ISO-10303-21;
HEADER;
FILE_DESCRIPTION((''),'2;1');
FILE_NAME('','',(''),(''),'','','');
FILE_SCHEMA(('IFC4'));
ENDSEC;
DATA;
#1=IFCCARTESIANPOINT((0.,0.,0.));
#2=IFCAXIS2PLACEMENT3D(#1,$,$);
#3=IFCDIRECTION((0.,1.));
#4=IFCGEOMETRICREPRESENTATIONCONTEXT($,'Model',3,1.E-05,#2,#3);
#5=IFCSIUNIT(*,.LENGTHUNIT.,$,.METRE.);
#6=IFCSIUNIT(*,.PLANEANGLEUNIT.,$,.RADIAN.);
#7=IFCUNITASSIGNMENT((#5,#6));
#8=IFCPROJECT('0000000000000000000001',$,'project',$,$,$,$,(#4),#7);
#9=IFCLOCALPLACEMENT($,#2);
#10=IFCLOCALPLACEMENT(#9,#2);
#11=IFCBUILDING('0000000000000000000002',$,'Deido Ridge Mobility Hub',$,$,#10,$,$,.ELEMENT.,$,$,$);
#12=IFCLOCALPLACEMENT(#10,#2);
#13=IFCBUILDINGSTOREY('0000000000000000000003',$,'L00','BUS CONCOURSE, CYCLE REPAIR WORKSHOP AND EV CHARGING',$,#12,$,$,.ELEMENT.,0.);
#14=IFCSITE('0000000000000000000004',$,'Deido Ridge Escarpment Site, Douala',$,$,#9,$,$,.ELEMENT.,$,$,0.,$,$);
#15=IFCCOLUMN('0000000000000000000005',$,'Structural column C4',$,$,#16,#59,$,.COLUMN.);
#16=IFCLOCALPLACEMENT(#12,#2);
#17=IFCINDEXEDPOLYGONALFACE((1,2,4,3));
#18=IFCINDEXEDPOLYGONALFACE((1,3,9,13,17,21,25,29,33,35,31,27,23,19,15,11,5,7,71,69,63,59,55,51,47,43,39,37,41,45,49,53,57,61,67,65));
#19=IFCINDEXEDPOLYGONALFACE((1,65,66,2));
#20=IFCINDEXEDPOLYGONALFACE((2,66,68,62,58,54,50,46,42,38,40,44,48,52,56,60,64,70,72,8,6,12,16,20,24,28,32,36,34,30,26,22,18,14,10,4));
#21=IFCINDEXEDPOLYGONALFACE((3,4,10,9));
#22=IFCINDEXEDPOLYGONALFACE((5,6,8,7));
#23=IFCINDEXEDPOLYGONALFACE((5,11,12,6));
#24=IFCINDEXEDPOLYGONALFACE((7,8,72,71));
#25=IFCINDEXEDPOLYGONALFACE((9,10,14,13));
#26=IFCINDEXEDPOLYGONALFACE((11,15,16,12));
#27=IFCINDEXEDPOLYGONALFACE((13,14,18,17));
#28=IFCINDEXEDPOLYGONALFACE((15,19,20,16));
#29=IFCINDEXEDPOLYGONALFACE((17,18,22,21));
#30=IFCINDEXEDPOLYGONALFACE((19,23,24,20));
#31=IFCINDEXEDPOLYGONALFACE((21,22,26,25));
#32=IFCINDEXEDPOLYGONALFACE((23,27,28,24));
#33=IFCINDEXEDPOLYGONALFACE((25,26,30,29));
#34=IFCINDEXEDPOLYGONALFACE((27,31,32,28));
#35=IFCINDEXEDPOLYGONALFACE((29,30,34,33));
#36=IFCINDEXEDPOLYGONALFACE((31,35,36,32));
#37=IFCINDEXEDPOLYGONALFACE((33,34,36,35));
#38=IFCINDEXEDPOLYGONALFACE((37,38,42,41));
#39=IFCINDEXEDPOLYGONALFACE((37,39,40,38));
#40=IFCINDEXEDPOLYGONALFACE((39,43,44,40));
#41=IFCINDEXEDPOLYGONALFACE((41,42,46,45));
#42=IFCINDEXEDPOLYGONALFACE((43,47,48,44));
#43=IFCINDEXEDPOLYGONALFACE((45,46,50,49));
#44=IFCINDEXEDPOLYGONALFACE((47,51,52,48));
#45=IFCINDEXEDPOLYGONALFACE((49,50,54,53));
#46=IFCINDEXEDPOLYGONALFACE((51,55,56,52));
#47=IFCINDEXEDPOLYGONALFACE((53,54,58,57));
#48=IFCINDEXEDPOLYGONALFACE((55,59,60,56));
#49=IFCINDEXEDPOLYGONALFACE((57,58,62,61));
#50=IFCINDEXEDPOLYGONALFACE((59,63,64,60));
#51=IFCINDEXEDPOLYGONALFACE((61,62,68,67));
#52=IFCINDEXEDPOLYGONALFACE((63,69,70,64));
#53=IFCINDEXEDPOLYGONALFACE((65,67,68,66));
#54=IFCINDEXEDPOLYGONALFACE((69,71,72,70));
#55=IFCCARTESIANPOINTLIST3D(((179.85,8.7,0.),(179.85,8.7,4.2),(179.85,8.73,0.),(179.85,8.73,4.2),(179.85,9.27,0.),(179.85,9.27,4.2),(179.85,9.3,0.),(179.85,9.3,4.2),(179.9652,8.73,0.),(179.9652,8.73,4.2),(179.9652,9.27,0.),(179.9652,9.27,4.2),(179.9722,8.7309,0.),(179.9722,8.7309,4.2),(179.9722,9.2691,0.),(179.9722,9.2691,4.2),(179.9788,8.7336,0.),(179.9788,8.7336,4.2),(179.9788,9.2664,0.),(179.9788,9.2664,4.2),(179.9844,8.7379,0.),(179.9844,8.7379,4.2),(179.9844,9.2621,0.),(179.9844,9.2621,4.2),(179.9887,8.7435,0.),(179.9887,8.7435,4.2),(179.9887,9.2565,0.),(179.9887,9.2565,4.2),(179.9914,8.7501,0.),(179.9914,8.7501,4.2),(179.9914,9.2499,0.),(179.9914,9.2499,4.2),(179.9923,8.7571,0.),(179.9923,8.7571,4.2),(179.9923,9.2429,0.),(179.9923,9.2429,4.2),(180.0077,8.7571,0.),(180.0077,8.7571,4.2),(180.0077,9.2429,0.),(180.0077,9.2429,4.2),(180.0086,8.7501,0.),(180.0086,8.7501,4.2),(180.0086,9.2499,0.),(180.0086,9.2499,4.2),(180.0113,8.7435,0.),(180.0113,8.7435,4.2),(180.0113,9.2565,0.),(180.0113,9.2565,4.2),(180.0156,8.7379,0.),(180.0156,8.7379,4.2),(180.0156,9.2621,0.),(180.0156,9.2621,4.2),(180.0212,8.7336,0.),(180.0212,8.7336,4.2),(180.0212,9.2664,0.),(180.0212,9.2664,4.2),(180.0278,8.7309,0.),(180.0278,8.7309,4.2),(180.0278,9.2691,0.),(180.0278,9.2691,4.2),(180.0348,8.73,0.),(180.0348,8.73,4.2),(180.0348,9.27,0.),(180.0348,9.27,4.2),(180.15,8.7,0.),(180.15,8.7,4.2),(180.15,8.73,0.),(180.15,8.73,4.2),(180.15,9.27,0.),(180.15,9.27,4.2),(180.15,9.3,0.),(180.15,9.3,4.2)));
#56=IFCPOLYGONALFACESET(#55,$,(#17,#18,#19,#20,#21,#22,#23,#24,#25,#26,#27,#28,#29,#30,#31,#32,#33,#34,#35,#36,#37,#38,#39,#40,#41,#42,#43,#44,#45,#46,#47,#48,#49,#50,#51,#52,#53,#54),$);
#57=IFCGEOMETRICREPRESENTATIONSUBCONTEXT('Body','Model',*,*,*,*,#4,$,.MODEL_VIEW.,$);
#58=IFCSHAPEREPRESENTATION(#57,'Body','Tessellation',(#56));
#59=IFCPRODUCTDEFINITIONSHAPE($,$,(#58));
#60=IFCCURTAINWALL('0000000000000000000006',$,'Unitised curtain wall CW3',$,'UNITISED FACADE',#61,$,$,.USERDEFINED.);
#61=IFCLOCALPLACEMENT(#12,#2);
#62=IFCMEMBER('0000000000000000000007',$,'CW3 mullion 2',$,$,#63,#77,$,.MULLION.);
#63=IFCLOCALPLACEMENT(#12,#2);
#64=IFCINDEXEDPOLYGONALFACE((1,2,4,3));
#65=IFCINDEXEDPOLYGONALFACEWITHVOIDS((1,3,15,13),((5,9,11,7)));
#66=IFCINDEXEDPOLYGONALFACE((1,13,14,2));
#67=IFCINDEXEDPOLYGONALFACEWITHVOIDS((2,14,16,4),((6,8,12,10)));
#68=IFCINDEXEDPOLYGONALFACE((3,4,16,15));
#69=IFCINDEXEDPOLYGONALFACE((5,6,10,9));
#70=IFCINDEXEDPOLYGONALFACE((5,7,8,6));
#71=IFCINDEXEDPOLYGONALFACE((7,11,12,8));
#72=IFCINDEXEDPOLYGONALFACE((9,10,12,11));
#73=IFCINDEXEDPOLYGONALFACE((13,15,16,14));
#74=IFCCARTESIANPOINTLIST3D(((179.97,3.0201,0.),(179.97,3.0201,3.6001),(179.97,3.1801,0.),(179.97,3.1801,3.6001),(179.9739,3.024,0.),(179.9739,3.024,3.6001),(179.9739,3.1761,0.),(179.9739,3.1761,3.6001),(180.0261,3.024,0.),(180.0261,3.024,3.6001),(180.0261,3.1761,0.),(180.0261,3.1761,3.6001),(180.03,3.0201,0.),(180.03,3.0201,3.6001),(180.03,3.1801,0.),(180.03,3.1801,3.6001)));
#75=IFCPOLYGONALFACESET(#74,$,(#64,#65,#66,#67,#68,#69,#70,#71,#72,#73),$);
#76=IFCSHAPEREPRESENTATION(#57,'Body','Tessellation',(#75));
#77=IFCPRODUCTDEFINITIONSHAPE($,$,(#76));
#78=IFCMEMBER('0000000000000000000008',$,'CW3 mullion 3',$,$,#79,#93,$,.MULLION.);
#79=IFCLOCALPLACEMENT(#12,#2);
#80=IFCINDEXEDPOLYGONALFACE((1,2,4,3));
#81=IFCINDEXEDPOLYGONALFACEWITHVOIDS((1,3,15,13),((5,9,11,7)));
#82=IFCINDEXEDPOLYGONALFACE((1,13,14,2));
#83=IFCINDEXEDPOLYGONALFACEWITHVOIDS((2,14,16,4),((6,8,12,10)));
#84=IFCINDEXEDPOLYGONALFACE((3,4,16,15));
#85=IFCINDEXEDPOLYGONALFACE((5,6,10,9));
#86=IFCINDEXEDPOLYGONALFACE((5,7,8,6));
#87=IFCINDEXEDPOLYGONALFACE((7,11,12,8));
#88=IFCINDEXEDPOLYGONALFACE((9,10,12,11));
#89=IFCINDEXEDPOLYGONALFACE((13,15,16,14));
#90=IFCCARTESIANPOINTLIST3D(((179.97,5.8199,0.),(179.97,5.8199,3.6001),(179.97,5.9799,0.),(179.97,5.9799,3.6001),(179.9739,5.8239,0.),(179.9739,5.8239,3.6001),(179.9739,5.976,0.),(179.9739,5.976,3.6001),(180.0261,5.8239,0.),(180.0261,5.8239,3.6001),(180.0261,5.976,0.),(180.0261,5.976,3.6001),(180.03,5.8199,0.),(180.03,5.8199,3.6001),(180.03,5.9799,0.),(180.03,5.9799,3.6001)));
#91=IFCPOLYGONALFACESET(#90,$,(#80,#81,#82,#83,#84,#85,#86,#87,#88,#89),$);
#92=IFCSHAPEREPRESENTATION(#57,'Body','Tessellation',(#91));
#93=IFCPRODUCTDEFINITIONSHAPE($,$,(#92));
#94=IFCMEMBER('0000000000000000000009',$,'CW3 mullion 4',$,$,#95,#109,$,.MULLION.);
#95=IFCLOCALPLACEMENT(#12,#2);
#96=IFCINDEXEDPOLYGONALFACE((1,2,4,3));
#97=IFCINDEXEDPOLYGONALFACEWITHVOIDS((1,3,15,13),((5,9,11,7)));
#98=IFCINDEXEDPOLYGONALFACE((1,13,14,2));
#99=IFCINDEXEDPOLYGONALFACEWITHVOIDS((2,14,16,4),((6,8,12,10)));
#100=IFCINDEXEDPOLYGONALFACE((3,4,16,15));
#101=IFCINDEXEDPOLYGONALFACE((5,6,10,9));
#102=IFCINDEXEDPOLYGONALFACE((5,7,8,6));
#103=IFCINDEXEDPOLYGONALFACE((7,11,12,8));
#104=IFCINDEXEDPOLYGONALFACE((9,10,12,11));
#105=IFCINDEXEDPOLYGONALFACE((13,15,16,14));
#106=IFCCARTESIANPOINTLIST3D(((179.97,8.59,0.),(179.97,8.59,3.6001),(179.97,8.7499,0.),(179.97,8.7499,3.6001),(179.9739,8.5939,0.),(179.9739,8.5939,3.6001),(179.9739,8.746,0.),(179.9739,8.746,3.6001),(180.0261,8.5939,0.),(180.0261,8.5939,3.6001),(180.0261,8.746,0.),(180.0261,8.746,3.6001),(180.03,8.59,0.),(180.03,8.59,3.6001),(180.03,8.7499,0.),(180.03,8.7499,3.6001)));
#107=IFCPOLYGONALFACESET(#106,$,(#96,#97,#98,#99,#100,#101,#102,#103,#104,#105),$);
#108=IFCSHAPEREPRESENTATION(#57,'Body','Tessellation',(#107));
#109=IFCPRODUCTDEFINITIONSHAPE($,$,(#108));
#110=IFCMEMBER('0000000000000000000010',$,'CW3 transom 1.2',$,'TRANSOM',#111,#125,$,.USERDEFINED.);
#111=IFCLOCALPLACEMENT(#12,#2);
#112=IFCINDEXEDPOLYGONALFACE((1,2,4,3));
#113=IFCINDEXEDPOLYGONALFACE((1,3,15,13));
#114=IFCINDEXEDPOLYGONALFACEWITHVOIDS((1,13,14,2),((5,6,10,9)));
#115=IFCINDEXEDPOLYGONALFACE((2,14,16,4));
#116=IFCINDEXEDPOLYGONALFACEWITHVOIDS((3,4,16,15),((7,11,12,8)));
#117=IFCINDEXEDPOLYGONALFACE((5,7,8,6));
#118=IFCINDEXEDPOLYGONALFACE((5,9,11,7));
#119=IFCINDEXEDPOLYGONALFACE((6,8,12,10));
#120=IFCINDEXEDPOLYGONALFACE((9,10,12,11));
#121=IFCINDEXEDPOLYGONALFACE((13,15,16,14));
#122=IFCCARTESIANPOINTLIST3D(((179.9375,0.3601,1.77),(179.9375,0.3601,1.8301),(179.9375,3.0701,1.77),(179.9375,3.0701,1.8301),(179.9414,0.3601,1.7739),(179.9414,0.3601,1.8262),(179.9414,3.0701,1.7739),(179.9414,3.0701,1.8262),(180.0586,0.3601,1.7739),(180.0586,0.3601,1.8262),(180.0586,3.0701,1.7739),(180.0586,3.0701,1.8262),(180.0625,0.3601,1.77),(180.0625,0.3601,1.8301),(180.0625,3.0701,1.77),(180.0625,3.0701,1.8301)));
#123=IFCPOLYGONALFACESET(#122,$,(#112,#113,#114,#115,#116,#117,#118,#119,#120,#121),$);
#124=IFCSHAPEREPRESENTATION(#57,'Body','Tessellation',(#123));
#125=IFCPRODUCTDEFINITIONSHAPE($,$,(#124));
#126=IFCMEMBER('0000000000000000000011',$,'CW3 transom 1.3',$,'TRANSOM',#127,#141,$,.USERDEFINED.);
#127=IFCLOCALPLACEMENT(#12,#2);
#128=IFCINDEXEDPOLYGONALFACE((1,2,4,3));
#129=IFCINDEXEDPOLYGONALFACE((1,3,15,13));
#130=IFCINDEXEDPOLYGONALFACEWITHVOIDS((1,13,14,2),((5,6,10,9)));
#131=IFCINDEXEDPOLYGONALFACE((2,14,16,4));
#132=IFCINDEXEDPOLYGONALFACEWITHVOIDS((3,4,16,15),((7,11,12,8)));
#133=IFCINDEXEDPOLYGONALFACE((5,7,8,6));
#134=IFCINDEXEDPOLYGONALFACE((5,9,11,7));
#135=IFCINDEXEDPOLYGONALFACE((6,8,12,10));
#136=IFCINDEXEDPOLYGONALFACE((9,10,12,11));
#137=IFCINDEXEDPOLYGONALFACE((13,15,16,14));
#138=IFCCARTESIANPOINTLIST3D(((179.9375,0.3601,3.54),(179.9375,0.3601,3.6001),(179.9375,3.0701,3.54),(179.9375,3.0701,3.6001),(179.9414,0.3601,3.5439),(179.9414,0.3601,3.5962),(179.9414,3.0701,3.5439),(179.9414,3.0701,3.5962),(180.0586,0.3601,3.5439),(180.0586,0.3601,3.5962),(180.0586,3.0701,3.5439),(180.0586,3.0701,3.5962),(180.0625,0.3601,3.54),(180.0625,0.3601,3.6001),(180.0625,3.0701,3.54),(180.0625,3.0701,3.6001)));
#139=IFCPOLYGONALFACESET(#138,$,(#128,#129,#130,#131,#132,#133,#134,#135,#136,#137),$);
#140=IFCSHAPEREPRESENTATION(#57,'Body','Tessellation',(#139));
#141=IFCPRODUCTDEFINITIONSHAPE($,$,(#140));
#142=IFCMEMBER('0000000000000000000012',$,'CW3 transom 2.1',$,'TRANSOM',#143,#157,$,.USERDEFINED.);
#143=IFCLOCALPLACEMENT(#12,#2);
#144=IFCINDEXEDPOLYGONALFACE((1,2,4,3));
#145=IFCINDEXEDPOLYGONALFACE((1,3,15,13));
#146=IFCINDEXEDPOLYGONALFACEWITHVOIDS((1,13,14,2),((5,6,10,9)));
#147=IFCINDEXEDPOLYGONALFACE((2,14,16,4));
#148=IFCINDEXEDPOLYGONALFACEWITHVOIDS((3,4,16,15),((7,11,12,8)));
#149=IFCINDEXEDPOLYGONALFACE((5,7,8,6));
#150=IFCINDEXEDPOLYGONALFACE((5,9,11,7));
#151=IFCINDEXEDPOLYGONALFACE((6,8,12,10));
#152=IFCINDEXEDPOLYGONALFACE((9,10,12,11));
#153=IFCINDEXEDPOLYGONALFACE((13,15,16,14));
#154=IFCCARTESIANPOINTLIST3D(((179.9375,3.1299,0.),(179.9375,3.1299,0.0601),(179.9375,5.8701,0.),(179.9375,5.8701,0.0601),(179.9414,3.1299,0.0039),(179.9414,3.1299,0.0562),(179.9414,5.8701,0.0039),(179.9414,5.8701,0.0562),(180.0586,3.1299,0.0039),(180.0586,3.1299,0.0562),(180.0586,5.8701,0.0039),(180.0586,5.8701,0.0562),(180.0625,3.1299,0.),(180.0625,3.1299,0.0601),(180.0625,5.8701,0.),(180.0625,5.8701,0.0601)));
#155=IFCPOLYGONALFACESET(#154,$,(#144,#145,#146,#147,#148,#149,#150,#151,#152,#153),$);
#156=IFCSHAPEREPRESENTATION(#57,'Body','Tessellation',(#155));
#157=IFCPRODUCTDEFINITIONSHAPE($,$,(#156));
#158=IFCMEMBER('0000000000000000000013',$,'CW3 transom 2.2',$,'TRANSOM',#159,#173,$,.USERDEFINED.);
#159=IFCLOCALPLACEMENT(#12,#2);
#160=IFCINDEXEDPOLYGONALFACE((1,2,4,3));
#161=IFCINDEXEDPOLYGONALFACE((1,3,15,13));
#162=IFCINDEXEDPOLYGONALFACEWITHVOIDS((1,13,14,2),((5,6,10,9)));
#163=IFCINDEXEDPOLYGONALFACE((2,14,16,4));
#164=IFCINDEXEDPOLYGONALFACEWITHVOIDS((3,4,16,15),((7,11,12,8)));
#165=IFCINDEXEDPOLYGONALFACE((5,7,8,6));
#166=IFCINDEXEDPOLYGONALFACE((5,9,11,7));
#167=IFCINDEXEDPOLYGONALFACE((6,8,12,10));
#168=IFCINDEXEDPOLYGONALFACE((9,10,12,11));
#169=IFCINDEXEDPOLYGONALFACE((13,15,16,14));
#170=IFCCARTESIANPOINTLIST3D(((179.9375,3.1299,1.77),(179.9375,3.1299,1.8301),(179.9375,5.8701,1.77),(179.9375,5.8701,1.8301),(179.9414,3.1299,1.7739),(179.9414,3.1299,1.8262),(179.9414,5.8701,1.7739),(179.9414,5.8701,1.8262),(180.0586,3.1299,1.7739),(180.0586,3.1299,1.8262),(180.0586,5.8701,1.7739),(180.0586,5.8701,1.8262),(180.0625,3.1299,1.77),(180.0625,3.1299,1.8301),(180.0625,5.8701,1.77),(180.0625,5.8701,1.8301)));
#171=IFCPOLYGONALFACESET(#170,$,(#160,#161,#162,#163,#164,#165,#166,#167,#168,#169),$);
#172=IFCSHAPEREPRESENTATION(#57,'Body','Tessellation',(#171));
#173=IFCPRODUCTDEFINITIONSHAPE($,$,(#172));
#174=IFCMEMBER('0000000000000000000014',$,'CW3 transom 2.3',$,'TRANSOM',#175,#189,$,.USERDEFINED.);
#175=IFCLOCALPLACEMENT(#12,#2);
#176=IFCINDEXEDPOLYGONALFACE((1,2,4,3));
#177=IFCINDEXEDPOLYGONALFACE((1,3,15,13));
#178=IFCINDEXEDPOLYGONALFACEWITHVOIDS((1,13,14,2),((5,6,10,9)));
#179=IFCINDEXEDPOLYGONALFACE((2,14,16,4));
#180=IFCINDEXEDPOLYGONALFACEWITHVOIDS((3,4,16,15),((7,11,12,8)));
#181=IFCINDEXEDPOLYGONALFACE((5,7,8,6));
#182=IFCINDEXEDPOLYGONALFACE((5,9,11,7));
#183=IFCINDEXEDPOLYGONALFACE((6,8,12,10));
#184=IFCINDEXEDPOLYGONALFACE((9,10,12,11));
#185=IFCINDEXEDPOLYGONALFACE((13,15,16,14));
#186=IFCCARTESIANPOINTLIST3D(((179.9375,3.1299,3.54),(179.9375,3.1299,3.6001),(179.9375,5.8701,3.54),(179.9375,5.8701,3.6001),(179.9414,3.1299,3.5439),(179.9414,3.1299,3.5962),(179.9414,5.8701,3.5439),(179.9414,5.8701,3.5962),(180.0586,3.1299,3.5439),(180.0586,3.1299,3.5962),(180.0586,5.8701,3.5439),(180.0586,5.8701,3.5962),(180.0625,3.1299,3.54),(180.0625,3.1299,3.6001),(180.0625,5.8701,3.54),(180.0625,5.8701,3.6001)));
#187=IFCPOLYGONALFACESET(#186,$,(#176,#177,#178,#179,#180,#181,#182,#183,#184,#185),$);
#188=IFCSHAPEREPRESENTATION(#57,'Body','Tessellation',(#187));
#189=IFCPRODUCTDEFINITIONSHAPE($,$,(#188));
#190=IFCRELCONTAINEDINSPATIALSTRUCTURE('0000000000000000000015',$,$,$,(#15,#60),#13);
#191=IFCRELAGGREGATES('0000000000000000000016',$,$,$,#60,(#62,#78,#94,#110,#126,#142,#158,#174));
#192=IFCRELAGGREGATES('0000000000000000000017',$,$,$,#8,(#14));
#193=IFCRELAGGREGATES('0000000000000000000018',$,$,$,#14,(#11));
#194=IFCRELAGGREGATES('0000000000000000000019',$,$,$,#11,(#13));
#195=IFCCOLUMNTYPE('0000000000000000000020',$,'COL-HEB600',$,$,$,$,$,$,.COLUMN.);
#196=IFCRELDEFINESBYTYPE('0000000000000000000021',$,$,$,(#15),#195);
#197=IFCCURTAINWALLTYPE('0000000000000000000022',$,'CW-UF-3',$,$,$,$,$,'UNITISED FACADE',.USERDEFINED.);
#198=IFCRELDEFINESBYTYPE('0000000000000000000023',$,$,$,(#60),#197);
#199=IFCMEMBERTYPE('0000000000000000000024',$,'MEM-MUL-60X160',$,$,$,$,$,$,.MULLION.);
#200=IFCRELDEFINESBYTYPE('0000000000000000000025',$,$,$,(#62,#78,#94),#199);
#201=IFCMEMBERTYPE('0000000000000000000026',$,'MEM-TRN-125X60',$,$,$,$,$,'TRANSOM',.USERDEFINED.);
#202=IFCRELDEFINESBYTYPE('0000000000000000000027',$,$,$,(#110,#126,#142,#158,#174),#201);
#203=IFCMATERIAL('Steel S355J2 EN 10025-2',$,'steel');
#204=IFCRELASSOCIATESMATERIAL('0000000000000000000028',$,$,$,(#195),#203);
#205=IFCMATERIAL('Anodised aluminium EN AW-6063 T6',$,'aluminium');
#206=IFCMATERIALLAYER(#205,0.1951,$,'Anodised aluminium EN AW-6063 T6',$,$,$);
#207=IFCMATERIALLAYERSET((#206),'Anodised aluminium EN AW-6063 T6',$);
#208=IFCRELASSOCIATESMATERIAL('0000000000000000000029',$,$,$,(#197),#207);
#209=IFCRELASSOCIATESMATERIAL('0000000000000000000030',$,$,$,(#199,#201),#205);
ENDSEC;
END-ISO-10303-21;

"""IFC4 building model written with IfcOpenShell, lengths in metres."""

from ifc_helpers import new_model, si_unit, direction, frame, origin, origin_2d, place, context, subcontext, project, spatial, hollow_rectangle, i_section, extrude, material, layer, layer_set, material_profile, profile_set, type_object, element, aggregate, save


model = new_model("IFC4")

# Units and contexts
model_context = context("Model", 3, precision=1e-05, world=origin(), true_north=direction((0.0, 1.0)))
body_context = subcontext(model_context, "Body", "Model", "MODEL_VIEW")
ifc_project = project(units=[si_unit("LENGTHUNIT", "METRE"), si_unit("PLANEANGLEUNIT", "RADIAN")], contexts=[model_context])

# Site, building, storey
site_placement = place(None, origin())
site = spatial("IfcSite", under=ifc_project, at=site_placement, Name="Deido Ridge Escarpment Site, Douala", CompositionType="ELEMENT", RefElevation=0.0)
building_placement = place(site_placement, origin())
building = spatial("IfcBuilding", under=site, at=building_placement, Name="Deido Ridge Mobility Hub", CompositionType="ELEMENT")
storey_placement = place(building_placement, origin())
storey = spatial("IfcBuildingStorey", under=building, at=storey_placement, Name="L00", Description="BUS CONCOURSE, CYCLE REPAIR WORKSHOP AND EV CHARGING", CompositionType="ELEMENT", Elevation=0.0)

# Column
ifc_material_1 = material(Name="Steel S355J2 EN 10025-2", Category="steel")
ifc_material_profile_1 = material_profile(ifc_material_1, i_section(OverallWidth=0.3, OverallDepth=0.6001, WebThickness=0.0154, FlangeThickness=0.03, FilletRadius=0.0271, at=origin_2d()), Name="HEB 600")
ifc_profile_set_1 = profile_set([ifc_material_profile_1], Name="Steel S355J2 EN 10025-2")
column_type = type_object("IfcColumnType", Name="COL-HEB600", PredefinedType="COLUMN", material=ifc_profile_set_1)
column_placement = place(storey_placement, frame((180.0, 9.0, 0.0), z_axis=(0.0, 0.0, 1.0), x_axis=(1.0, 0.0, 0.0)))
element("IfcColumn", 1, at=column_placement, inside=storey, type_object=column_type, Name="Structural column C4", PredefinedType="COLUMN", context=body_context, shape_type="SweptSolid", body=[
    extrude(i_section(OverallWidth=0.3, OverallDepth=0.6001, WebThickness=0.0154, FlangeThickness=0.03, FilletRadius=0.0271, at=origin_2d()), origin(), (0.0, 0.0, 1.0), 4.2),
])

# Curtain wall, members
ifc_material_2 = material(Name="Anodised aluminium EN AW-6063 T6", Category="aluminium")
ifc_layer_1 = layer(ifc_material_2, 0.1951, Name="Anodised aluminium EN AW-6063 T6")
ifc_layer_set_1 = layer_set([ifc_layer_1], Name="Anodised aluminium EN AW-6063 T6")
curtain_wall_type = type_object("IfcCurtainWallType", Name="CW-UF-3", ElementType="UNITISED FACADE", PredefinedType="USERDEFINED", material=ifc_layer_set_1)
curtain_wall_placement = place(storey_placement, origin())
curtain_wall = element("IfcCurtainWall", 2, at=curtain_wall_placement, inside=storey, type_object=curtain_wall_type, Name="Unitised curtain wall CW3", ObjectType="UNITISED FACADE", PredefinedType="USERDEFINED")
ifc_material_profile_2 = material_profile(ifc_material_2, hollow_rectangle(XDim=0.0601, YDim=0.1599, WallThickness=0.0039, at=origin_2d()), Name="RHS 60x160x4")
ifc_profile_set_2 = profile_set([ifc_material_profile_2], Name="Anodised aluminium EN AW-6063 T6")
member_type_1 = type_object("IfcMemberType", Name="MEM-MUL-60X160", PredefinedType="MULLION", material=ifc_profile_set_2)
member_1_placement = place(storey_placement, frame((180.0, 3.1001, 0.0), z_axis=(0.0, 0.0, 1.0), x_axis=(-1.0, 0.0, 0.0)))
member_1 = element("IfcMember", 3, at=member_1_placement, type_object=member_type_1, Name="CW3 mullion 2", PredefinedType="MULLION", context=body_context, shape_type="SweptSolid", body=[
    extrude(hollow_rectangle(XDim=0.0601, YDim=0.1599, WallThickness=0.0039, at=origin_2d()), origin(), (0.0, 0.0, 1.0), 3.6001),
])
member_2_placement = place(storey_placement, frame((180.0, 5.8999, 0.0), z_axis=(0.0, 0.0, 1.0), x_axis=(-1.0, 0.0, 0.0)))
member_2 = element("IfcMember", 4, at=member_2_placement, type_object=member_type_1, Name="CW3 mullion 3", PredefinedType="MULLION", context=body_context, shape_type="SweptSolid", body=[
    extrude(hollow_rectangle(XDim=0.0601, YDim=0.1599, WallThickness=0.0039, at=origin_2d()), origin(), (0.0, 0.0, 1.0), 3.6001),
])
member_3_placement = place(storey_placement, frame((180.0, 8.6699, 0.0), z_axis=(0.0, 0.0, 1.0), x_axis=(-1.0, 0.0, 0.0)))
member_3 = element("IfcMember", 5, at=member_3_placement, type_object=member_type_1, Name="CW3 mullion 4", PredefinedType="MULLION", context=body_context, shape_type="SweptSolid", body=[
    extrude(hollow_rectangle(XDim=0.0601, YDim=0.1599, WallThickness=0.0039, at=origin_2d()), origin(), (0.0, 0.0, 1.0), 3.6001),
])
ifc_material_profile_3 = material_profile(ifc_material_2, hollow_rectangle(XDim=0.125, YDim=0.0601, WallThickness=0.0039, at=origin_2d()), Name="RHS 125x60x4")
ifc_profile_set_3 = profile_set([ifc_material_profile_3], Name="Anodised aluminium EN AW-6063 T6")
member_type_2 = type_object("IfcMemberType", Name="MEM-TRN-125X60", ElementType="TRANSOM", PredefinedType="USERDEFINED", material=ifc_profile_set_3)
member_4_placement = place(storey_placement, frame((180.0, 0.3601, 1.8), z_axis=(0.0, 1.0, 0.0), x_axis=(-1.0, 0.0, 0.0)))
member_4 = element("IfcMember", 6, at=member_4_placement, type_object=member_type_2, Name="CW3 transom 1.2", ObjectType="TRANSOM", PredefinedType="USERDEFINED", context=body_context, shape_type="SweptSolid", body=[
    extrude(hollow_rectangle(XDim=0.125, YDim=0.0601, WallThickness=0.0039, at=origin_2d()), origin(), (0.0, 0.0, 1.0), 2.71),
])
member_5_placement = place(storey_placement, frame((180.0, 0.3601, 3.5701), z_axis=(0.0, 1.0, 0.0), x_axis=(-1.0, 0.0, 0.0)))
member_5 = element("IfcMember", 7, at=member_5_placement, type_object=member_type_2, Name="CW3 transom 1.3", ObjectType="TRANSOM", PredefinedType="USERDEFINED", context=body_context, shape_type="SweptSolid", body=[
    extrude(hollow_rectangle(XDim=0.125, YDim=0.0601, WallThickness=0.0039, at=origin_2d()), origin(), (0.0, 0.0, 1.0), 2.71),
])
member_6_placement = place(storey_placement, frame((180.0, 3.1299, 0.03), z_axis=(0.0, 1.0, 0.0), x_axis=(-1.0, 0.0, 0.0)))
member_6 = element("IfcMember", 8, at=member_6_placement, type_object=member_type_2, Name="CW3 transom 2.1", ObjectType="TRANSOM", PredefinedType="USERDEFINED", context=body_context, shape_type="SweptSolid", body=[
    extrude(hollow_rectangle(XDim=0.125, YDim=0.0601, WallThickness=0.0039, at=origin_2d()), origin(), (0.0, 0.0, 1.0), 2.7402),
])
member_7_placement = place(storey_placement, frame((180.0, 3.1299, 1.8), z_axis=(0.0, 1.0, 0.0), x_axis=(-1.0, 0.0, 0.0)))
member_7 = element("IfcMember", 9, at=member_7_placement, type_object=member_type_2, Name="CW3 transom 2.2", ObjectType="TRANSOM", PredefinedType="USERDEFINED", context=body_context, shape_type="SweptSolid", body=[
    extrude(hollow_rectangle(XDim=0.125, YDim=0.0601, WallThickness=0.0039, at=origin_2d()), origin(), (0.0, 0.0, 1.0), 2.7402),
])
member_8_placement = place(storey_placement, frame((180.0, 3.1299, 3.5701), z_axis=(0.0, 1.0, 0.0), x_axis=(-1.0, 0.0, 0.0)))
member_8 = element("IfcMember", 10, at=member_8_placement, type_object=member_type_2, Name="CW3 transom 2.3", ObjectType="TRANSOM", PredefinedType="USERDEFINED", context=body_context, shape_type="SweptSolid", body=[
    extrude(hollow_rectangle(XDim=0.125, YDim=0.0601, WallThickness=0.0039, at=origin_2d()), origin(), (0.0, 0.0, 1.0), 2.7402),
])

aggregate(curtain_wall, [member_1, member_2, member_3, member_4, member_5, member_6, member_7, member_8])

save(model, "model.ifc")
